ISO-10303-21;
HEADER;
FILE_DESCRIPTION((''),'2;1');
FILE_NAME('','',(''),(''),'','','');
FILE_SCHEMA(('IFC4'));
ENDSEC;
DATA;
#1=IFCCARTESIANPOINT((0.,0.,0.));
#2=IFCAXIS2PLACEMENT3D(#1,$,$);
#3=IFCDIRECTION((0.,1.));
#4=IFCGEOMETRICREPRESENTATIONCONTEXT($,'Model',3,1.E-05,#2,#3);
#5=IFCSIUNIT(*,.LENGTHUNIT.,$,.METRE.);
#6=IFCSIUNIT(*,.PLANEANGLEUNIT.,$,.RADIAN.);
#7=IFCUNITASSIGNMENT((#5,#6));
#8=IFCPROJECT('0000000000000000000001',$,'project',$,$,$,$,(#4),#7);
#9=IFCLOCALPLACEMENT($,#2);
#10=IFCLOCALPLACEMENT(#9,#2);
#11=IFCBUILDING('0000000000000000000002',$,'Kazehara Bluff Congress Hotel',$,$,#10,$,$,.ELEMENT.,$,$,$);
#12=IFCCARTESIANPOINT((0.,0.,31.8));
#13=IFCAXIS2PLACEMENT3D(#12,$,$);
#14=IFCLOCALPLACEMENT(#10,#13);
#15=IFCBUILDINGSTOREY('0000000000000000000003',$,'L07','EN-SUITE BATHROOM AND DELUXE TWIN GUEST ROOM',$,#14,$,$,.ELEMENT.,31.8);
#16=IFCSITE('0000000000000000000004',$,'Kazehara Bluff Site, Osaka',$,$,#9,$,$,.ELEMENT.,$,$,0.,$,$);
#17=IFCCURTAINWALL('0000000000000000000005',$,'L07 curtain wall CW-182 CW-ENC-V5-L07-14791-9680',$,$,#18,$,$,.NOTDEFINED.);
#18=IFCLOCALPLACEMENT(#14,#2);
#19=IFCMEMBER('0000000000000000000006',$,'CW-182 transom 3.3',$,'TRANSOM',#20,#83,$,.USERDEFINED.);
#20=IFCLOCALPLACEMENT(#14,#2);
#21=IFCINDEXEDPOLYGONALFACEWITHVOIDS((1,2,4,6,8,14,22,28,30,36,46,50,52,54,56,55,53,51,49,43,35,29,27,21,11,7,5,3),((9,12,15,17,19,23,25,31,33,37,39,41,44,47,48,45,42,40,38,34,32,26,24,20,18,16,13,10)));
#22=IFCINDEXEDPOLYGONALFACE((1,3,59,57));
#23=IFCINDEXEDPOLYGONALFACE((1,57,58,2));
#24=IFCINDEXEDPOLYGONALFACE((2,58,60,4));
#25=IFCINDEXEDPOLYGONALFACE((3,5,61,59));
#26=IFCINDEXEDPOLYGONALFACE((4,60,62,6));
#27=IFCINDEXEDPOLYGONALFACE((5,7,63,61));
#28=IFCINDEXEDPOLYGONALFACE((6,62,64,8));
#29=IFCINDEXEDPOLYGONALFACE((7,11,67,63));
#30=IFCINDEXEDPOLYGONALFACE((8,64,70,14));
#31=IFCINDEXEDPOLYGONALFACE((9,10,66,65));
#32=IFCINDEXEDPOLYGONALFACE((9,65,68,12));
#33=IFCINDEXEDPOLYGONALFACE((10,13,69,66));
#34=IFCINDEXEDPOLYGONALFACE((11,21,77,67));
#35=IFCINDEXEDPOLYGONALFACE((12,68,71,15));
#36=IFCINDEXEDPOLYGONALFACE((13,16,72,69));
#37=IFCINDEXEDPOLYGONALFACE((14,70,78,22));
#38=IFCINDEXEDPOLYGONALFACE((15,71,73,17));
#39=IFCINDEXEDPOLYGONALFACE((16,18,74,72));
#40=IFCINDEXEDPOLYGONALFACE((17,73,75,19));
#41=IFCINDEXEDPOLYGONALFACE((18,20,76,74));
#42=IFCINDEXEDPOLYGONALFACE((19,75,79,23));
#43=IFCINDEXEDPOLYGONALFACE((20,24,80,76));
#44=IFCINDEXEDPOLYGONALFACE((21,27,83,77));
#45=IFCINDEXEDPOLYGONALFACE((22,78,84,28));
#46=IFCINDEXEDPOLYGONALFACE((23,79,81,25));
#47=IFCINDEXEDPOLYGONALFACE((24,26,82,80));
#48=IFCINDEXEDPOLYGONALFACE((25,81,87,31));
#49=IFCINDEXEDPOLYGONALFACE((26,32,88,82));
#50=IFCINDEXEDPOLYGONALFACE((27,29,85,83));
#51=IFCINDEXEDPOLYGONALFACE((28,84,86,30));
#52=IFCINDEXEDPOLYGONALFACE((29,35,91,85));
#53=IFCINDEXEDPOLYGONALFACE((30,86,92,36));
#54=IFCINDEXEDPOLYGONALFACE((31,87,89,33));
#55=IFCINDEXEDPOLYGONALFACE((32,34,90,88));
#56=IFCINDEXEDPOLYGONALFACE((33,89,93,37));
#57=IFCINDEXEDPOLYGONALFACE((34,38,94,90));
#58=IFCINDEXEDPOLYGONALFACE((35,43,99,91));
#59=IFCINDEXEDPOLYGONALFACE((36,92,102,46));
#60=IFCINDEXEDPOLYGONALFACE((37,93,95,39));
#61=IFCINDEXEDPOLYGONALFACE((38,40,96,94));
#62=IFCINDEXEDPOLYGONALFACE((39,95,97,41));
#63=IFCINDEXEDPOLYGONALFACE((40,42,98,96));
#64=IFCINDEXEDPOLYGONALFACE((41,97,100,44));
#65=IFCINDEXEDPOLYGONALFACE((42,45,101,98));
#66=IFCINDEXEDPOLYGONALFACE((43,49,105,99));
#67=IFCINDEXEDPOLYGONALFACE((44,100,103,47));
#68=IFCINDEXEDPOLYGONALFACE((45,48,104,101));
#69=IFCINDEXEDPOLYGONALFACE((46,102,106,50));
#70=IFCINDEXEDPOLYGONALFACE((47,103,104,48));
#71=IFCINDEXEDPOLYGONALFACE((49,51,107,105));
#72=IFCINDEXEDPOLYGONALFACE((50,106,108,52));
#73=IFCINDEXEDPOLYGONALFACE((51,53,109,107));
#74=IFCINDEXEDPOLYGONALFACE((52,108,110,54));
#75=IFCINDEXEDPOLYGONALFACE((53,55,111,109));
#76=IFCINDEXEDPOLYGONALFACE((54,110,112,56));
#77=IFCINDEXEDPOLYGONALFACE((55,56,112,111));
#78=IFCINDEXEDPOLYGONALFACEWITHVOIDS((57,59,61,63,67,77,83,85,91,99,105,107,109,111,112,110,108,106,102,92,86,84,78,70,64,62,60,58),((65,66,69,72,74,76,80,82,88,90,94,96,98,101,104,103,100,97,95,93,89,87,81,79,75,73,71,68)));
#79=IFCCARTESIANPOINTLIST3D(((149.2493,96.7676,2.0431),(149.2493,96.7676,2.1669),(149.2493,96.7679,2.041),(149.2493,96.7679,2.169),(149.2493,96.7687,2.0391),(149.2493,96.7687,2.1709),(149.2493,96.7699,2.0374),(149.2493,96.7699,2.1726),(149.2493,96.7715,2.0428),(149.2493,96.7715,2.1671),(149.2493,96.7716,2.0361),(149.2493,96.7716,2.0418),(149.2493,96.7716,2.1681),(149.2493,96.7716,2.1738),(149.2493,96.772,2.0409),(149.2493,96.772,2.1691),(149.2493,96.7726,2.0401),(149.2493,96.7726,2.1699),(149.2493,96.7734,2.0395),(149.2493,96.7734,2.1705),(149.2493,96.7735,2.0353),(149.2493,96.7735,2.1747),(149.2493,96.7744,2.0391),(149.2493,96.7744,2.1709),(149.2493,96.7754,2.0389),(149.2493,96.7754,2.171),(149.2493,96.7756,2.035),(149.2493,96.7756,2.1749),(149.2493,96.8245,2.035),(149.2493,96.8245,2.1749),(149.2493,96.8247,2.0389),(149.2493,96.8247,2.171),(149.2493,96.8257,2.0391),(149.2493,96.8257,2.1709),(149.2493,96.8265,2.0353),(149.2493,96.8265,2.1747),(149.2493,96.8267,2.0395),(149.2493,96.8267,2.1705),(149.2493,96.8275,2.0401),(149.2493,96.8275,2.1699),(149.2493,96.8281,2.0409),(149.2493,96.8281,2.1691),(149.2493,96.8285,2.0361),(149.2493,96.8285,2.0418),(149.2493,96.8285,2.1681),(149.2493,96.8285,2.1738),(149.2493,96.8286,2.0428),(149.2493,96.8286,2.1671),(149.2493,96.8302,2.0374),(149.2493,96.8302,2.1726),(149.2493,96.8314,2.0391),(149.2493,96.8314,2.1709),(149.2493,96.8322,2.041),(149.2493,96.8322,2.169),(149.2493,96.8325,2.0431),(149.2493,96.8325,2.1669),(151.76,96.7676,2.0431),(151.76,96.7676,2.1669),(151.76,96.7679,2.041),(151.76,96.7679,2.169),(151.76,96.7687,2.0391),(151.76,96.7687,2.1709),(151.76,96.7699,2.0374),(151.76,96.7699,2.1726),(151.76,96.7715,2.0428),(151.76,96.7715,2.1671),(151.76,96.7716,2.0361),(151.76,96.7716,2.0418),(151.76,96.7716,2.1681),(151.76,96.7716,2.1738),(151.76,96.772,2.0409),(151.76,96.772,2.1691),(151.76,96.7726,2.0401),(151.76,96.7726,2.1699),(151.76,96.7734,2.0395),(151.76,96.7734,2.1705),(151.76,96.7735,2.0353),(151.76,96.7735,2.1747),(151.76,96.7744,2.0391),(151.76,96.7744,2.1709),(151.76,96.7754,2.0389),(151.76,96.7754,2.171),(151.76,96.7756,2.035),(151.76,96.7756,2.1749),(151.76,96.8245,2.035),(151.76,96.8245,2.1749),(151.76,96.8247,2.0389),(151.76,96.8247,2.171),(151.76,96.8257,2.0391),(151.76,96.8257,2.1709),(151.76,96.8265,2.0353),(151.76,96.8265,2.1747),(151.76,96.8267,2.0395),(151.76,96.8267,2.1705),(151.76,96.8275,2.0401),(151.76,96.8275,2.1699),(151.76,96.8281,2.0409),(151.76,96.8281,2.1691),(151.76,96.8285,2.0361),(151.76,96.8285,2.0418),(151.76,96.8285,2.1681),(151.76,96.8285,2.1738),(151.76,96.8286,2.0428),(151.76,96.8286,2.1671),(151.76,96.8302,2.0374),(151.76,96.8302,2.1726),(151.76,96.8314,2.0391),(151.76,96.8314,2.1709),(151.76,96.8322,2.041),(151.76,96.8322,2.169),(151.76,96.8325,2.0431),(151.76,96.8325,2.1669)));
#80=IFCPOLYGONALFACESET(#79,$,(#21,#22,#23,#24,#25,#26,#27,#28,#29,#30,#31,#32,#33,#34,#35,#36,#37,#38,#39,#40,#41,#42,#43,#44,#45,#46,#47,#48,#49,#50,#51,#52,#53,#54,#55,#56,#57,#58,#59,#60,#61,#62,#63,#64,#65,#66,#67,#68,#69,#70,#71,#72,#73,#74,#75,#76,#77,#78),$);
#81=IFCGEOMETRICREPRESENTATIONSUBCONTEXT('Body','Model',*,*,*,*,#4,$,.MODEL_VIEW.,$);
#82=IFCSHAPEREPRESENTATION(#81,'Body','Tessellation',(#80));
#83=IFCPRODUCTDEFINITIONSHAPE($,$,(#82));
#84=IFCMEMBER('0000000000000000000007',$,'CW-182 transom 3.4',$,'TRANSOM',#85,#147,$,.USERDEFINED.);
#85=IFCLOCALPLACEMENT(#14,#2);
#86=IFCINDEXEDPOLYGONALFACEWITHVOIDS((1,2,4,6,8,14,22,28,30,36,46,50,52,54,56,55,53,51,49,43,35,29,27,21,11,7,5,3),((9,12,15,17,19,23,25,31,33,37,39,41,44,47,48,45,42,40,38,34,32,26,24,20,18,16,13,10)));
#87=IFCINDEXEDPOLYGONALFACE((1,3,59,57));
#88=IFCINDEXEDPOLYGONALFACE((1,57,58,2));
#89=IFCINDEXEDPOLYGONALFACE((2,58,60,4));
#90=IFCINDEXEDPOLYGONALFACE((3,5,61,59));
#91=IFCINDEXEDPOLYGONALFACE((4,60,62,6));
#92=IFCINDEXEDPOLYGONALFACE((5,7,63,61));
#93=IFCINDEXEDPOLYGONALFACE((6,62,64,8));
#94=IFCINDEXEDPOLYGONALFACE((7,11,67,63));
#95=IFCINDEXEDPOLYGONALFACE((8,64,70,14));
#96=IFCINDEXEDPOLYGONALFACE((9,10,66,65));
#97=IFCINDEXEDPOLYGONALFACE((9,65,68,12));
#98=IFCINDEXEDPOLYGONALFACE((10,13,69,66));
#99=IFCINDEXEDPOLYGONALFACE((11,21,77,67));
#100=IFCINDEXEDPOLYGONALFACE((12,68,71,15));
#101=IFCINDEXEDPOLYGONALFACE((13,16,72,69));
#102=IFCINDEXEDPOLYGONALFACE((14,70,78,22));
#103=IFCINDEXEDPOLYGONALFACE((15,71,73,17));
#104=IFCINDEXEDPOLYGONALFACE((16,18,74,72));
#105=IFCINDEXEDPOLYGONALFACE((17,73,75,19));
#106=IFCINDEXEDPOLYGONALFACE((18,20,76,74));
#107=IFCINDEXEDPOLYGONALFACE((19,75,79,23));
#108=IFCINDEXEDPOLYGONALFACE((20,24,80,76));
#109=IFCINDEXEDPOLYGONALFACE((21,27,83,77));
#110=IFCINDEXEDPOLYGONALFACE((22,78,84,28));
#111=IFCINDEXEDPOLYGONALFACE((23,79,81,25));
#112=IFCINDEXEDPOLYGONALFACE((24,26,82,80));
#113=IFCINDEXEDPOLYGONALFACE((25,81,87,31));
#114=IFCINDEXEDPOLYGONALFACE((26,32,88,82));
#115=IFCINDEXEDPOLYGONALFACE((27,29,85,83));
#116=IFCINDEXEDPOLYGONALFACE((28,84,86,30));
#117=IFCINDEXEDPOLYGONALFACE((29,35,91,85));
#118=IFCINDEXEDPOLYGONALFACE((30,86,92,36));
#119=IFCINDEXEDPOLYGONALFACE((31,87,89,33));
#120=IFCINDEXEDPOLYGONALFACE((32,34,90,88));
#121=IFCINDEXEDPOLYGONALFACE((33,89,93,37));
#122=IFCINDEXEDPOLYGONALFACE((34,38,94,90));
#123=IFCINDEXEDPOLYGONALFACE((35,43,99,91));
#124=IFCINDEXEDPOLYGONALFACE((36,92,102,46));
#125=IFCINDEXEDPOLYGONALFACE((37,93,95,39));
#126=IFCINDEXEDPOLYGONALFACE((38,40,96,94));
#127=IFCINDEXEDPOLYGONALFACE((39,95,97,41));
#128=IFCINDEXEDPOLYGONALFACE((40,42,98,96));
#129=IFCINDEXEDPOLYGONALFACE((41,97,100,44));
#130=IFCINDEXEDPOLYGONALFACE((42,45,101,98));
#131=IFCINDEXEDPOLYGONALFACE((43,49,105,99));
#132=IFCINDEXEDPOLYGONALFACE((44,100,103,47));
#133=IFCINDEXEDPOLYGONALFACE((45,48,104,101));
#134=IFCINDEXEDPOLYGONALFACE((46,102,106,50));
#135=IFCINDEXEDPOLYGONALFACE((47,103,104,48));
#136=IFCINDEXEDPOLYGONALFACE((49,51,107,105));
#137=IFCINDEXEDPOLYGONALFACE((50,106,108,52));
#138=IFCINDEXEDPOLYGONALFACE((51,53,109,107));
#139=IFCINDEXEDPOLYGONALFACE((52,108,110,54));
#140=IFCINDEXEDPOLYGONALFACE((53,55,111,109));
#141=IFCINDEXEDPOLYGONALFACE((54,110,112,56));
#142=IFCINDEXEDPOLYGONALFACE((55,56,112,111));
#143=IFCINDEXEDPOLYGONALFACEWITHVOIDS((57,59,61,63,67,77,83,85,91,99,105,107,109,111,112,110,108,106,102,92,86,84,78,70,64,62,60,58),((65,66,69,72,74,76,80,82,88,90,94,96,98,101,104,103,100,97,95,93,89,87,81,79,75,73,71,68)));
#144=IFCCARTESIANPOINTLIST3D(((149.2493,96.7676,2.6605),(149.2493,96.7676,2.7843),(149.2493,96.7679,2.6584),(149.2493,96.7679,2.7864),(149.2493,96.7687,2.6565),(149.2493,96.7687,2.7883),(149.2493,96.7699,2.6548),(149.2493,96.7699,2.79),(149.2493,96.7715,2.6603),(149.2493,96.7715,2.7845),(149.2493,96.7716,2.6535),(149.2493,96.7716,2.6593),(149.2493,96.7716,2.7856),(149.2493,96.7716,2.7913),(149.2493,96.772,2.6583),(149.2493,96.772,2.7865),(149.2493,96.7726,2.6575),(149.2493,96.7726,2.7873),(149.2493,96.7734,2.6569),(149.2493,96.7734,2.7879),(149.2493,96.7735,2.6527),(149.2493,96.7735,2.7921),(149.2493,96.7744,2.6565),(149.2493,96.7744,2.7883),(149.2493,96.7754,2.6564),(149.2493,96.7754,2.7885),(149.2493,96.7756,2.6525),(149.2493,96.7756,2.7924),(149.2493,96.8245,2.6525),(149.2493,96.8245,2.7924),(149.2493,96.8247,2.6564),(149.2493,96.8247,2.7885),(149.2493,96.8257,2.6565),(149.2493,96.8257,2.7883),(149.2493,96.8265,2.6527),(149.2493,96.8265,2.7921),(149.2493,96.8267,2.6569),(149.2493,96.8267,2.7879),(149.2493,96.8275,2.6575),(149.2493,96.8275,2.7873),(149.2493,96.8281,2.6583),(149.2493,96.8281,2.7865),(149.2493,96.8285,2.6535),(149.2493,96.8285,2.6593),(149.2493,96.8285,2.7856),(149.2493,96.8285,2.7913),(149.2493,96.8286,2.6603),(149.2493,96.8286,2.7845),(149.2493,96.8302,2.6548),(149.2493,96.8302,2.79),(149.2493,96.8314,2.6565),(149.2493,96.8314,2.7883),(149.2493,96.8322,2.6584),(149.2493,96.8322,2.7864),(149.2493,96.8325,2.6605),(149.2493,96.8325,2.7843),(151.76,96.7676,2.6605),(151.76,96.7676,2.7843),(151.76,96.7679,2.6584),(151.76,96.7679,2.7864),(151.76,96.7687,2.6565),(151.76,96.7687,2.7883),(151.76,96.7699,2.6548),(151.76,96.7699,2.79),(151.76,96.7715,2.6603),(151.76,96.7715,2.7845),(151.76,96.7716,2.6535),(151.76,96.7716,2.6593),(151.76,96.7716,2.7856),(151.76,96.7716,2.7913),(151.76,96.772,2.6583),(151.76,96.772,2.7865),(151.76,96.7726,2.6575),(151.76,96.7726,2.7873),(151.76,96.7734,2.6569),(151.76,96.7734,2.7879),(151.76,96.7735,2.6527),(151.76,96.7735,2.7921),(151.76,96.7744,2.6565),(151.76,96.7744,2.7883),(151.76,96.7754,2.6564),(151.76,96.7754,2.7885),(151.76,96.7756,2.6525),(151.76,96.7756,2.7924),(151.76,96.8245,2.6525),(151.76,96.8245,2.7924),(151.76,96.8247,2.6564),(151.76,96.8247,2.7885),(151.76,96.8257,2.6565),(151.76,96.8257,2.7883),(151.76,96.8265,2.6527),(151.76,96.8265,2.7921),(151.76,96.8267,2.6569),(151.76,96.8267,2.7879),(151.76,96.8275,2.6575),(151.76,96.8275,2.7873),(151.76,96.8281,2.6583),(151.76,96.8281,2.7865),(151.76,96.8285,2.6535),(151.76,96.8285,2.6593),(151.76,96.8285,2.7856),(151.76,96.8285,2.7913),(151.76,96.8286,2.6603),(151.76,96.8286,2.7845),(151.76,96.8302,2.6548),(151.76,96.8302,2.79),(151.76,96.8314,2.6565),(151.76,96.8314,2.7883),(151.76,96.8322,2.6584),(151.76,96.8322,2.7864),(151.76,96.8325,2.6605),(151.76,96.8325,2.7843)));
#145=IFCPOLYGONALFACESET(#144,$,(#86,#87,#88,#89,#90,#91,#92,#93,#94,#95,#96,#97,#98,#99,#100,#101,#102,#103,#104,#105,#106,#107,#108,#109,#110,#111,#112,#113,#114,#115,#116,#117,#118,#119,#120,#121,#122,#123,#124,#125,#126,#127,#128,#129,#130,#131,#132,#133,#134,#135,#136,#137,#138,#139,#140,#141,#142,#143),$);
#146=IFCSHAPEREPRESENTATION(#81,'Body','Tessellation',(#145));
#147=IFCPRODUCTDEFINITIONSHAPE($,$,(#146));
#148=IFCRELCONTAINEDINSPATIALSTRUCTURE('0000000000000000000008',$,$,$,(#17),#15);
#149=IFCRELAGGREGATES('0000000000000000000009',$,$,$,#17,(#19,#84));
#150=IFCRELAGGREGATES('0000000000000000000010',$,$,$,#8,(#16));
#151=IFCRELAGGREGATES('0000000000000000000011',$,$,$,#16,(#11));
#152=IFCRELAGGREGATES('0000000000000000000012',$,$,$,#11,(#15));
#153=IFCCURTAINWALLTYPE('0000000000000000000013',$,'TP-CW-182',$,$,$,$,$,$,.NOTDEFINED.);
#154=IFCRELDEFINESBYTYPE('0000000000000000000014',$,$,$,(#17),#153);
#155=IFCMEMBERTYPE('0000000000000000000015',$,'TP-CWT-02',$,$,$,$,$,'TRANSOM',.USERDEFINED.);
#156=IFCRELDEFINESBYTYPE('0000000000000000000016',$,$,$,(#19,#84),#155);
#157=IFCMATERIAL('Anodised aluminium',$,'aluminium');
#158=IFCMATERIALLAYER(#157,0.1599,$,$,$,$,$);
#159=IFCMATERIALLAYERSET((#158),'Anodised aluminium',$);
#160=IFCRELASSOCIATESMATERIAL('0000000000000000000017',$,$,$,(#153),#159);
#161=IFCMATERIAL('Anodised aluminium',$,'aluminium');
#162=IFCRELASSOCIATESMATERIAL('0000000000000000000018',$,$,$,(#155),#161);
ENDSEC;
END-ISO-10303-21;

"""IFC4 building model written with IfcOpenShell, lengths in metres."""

from ifc_helpers import new_model, si_unit, direction, frame, origin, origin_2d, place, context, subcontext, project, spatial, hollow_rectangle, extrude, material, layer, layer_set, material_profile, profile_set, type_object, element, aggregate, save


model = new_model("IFC4")

# Units and contexts
model_context = context("Model", 3, precision=1e-05, world=origin(), true_north=direction((0.0, 1.0)))
body_context = subcontext(model_context, "Body", "Model", "MODEL_VIEW")
ifc_project = project(units=[si_unit("LENGTHUNIT", "METRE"), si_unit("PLANEANGLEUNIT", "RADIAN")], contexts=[model_context])

# Site, building, storey
site_placement = place(None, origin())
site = spatial("IfcSite", under=ifc_project, at=site_placement, Name="Kazehara Bluff Site, Osaka", CompositionType="ELEMENT", RefElevation=0.0)
building_placement = place(site_placement, origin())
building = spatial("IfcBuilding", under=site, at=building_placement, Name="Kazehara Bluff Congress Hotel", CompositionType="ELEMENT")
storey_placement = place(building_placement, frame((0.0, 0.0, 31.8)))
storey = spatial("IfcBuildingStorey", under=building, at=storey_placement, Name="L07", Description="EN-SUITE BATHROOM AND DELUXE TWIN GUEST ROOM", CompositionType="ELEMENT", Elevation=31.8)

# Curtain wall, members
ifc_material_1 = material(Name="Anodised aluminium", Category="aluminium")
ifc_layer_1 = layer(ifc_material_1, 0.1599)
ifc_layer_set_1 = layer_set([ifc_layer_1], Name="Anodised aluminium")
curtain_wall_type_1 = type_object("IfcCurtainWallType", Name="TP-CW-182", PredefinedType="NOTDEFINED", material=ifc_layer_set_1)
curtain_wall_1_placement = place(storey_placement, origin())
curtain_wall_1 = element("IfcCurtainWall", 1, at=curtain_wall_1_placement, inside=storey, type_object=curtain_wall_type_1, Name="L07 curtain wall CW-182 CW-ENC-V5-L07-14791-9680", PredefinedType="NOTDEFINED")
ifc_material_2 = material(Name="Anodised aluminium", Category="aluminium")
ifc_material_profile_1 = material_profile(ifc_material_2, hollow_rectangle(XDim=0.0649, YDim=0.1399, WallThickness=0.0039, InnerFilletRadius=0.0039, OuterFilletRadius=0.0081, at=origin_2d()))
ifc_profile_set_1 = profile_set([ifc_material_profile_1], Name="Anodised aluminium")
member_type_1 = type_object("IfcMemberType", Name="TP-CWT-02", ElementType="TRANSOM", PredefinedType="USERDEFINED", material=ifc_profile_set_1)
member_1_placement = place(storey_placement, frame((149.2493, 96.8, 2.105), z_axis=(1.0, 0.0, 0.0), x_axis=(0.0, 1.0, 0.0)))
member_1 = element("IfcMember", 2, at=member_1_placement, type_object=member_type_1, Name="CW-182 transom 3.3", ObjectType="TRANSOM", PredefinedType="USERDEFINED", context=body_context, shape_type="SweptSolid", body=[
    extrude(hollow_rectangle(XDim=0.0649, YDim=0.1399, WallThickness=0.0039, InnerFilletRadius=0.0039, OuterFilletRadius=0.0081, at=origin_2d()), origin(), (0.0, 0.0, 1.0), 2.5107),
])
member_2_placement = place(storey_placement, frame((149.2493, 96.8, 2.7224), z_axis=(1.0, 0.0, 0.0), x_axis=(0.0, 1.0, 0.0)))
member_2 = element("IfcMember", 3, at=member_2_placement, type_object=member_type_1, Name="CW-182 transom 3.4", ObjectType="TRANSOM", PredefinedType="USERDEFINED", context=body_context, shape_type="SweptSolid", body=[
    extrude(hollow_rectangle(XDim=0.0649, YDim=0.1399, WallThickness=0.0039, InnerFilletRadius=0.0039, OuterFilletRadius=0.0081, at=origin_2d()), origin(), (0.0, 0.0, 1.0), 2.5107),
])

aggregate(curtain_wall_1, [member_1, member_2])

save(model, "model.ifc")
